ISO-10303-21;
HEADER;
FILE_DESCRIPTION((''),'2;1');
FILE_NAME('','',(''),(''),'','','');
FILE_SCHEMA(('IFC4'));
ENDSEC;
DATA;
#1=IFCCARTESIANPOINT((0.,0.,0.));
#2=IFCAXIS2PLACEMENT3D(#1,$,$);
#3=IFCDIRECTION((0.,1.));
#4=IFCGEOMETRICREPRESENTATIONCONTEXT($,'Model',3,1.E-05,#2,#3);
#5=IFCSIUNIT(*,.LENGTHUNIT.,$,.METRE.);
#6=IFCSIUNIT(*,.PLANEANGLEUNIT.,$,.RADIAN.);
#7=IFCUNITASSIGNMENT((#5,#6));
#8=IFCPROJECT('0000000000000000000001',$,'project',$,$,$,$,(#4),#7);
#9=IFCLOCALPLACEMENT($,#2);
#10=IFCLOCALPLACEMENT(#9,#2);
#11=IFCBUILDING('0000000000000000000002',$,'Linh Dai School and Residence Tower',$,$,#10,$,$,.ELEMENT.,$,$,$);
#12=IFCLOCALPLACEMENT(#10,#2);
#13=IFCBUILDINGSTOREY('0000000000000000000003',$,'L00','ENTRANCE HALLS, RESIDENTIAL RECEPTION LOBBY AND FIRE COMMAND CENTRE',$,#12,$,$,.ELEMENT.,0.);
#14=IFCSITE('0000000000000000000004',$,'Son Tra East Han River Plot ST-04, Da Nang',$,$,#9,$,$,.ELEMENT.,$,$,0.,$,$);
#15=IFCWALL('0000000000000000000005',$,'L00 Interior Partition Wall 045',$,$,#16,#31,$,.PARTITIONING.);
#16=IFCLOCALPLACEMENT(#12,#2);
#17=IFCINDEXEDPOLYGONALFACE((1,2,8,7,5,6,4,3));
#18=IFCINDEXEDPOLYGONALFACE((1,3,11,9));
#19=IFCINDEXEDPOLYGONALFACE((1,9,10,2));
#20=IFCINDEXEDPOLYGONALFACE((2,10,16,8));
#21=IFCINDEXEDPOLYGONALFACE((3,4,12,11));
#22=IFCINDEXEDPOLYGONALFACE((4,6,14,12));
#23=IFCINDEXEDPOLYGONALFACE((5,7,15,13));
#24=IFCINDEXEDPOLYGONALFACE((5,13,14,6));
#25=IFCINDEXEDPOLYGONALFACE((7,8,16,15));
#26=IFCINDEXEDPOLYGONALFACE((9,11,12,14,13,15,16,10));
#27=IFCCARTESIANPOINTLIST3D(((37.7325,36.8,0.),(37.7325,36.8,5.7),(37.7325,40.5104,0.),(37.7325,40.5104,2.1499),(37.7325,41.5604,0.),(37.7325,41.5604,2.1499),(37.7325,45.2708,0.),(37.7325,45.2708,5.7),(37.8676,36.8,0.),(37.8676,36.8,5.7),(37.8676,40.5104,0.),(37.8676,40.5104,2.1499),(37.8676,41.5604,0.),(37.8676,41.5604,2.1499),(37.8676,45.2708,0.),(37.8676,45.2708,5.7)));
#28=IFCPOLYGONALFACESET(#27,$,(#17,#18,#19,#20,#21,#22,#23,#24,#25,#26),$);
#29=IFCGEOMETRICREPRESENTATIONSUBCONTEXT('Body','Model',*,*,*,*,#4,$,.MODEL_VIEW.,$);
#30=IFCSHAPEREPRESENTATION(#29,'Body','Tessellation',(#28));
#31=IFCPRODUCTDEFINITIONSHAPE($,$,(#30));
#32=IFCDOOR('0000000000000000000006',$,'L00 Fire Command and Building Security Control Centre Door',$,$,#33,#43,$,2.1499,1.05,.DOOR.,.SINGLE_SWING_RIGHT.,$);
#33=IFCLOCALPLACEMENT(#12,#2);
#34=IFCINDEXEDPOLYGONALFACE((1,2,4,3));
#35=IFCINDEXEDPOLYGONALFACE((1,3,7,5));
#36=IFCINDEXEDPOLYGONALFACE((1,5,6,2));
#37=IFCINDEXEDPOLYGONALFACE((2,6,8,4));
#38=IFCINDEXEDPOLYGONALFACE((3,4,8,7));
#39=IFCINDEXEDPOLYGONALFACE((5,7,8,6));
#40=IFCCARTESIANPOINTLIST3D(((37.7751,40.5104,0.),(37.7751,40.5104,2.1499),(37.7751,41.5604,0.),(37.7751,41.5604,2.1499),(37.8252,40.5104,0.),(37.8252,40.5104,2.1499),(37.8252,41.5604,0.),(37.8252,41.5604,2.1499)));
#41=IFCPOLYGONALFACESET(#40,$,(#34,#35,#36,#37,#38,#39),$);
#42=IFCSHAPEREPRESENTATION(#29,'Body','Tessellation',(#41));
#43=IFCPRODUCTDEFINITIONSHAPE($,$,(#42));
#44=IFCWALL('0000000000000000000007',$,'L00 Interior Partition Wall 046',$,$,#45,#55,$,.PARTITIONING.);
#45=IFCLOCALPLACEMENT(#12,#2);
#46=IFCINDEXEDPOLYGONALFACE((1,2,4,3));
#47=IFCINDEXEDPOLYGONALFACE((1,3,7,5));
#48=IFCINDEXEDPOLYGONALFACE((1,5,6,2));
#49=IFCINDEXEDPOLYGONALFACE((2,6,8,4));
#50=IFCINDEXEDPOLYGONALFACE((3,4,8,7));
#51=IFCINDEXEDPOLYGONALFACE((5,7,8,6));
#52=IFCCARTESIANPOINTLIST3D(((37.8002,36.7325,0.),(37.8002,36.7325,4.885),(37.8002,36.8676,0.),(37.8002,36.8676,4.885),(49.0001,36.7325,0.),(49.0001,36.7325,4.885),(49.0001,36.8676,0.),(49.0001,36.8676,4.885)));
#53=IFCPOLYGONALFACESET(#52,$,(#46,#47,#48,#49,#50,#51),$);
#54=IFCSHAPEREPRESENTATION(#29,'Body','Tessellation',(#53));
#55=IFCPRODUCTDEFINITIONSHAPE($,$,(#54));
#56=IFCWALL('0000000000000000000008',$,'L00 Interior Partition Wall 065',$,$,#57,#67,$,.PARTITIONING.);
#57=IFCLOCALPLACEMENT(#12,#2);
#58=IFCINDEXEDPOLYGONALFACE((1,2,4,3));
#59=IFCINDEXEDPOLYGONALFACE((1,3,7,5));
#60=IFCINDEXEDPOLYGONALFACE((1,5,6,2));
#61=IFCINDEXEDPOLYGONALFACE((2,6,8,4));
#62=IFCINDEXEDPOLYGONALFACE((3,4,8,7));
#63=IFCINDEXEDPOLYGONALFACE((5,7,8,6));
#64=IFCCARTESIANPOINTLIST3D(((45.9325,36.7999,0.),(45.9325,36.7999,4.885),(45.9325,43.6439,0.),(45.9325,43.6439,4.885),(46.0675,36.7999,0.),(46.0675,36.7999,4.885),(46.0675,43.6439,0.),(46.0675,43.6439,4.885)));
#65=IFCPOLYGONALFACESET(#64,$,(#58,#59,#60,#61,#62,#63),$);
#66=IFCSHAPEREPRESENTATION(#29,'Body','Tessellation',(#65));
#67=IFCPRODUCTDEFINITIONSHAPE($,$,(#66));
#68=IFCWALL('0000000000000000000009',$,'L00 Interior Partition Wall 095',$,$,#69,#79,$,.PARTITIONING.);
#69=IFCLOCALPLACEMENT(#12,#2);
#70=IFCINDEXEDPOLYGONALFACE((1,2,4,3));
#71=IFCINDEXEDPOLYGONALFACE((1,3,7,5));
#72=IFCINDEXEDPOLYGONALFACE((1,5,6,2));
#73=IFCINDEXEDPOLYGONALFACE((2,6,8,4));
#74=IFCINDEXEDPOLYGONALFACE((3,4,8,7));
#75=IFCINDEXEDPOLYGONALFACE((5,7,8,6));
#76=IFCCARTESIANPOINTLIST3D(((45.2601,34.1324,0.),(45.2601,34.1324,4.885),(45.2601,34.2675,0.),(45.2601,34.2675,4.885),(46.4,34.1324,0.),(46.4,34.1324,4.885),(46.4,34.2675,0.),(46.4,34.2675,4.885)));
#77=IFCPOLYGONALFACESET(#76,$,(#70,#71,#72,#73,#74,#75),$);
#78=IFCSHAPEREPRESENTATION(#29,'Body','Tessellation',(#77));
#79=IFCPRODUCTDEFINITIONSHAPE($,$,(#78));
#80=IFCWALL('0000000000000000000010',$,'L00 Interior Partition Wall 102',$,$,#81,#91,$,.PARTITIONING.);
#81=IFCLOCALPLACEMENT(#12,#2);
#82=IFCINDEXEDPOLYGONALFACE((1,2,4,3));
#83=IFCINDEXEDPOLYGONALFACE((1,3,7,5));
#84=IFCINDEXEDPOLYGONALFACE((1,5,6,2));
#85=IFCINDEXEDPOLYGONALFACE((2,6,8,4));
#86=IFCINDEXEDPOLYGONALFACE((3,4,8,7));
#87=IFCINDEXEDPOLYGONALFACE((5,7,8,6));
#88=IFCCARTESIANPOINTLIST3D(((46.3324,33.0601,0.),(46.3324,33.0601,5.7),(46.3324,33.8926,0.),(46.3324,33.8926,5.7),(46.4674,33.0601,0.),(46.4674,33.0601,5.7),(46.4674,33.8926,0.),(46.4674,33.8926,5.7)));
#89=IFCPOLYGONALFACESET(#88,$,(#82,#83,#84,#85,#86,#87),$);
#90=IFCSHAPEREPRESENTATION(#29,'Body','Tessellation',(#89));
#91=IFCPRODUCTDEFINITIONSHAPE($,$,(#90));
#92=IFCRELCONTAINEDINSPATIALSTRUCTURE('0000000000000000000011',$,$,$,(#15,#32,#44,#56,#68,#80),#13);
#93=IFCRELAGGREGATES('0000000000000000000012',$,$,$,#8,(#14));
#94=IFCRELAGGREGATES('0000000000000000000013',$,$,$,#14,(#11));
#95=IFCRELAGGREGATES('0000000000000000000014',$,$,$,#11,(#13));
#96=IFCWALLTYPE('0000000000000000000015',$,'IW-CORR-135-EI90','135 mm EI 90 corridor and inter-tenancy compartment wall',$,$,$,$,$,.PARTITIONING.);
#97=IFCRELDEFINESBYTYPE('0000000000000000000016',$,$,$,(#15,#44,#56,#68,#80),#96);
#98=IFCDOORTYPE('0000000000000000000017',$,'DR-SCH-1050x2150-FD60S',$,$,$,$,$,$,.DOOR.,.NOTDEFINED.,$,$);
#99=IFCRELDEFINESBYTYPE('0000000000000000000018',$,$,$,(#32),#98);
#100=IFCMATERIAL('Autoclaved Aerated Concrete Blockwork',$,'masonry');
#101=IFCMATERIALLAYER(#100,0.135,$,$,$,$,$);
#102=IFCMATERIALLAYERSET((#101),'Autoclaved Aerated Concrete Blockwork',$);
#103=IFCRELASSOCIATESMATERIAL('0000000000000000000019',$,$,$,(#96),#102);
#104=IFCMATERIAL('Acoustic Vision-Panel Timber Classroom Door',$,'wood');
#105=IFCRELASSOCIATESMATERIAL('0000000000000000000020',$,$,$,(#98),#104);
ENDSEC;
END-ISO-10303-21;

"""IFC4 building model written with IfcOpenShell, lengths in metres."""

from ifc_helpers import new_model, si_unit, direction, frame, frame_2d, origin, origin_2d, place, context, subcontext, project, spatial, rectangle, extrude, source, transform, mapped, material, layer, layer_set, type_object, element, fill, save


model = new_model("IFC4")

# Units and contexts
model_context = context("Model", 3, precision=1e-05, world=origin(), true_north=direction((0.0, 1.0)))
body_context = subcontext(model_context, "Body", "Model", "MODEL_VIEW")
ifc_project = project(units=[si_unit("LENGTHUNIT", "METRE"), si_unit("PLANEANGLEUNIT", "RADIAN")], contexts=[model_context])

# Site, building, storey
site_placement = place(None, origin())
site = spatial("IfcSite", under=ifc_project, at=site_placement, Name="Son Tra East Han River Plot ST-04, Da Nang", CompositionType="ELEMENT", RefElevation=0.0)
building_placement = place(site_placement, origin())
building = spatial("IfcBuilding", under=site, at=building_placement, Name="Linh Dai School and Residence Tower", CompositionType="ELEMENT")
storey_placement = place(building_placement, origin())
storey = spatial("IfcBuildingStorey", under=building, at=storey_placement, Name="L00", Description="ENTRANCE HALLS, RESIDENTIAL RECEPTION LOBBY AND FIRE COMMAND CENTRE", CompositionType="ELEMENT", Elevation=0.0)

# Wall, opening, door
ifc_material_1 = material(Name="Autoclaved Aerated Concrete Blockwork", Category="masonry")
ifc_layer_1 = layer(ifc_material_1, 0.135)
ifc_layer_set_1 = layer_set([ifc_layer_1], Name="Autoclaved Aerated Concrete Blockwork")
wall_type_1 = type_object("IfcWallType", Name="IW-CORR-135-EI90", Description="135 mm EI 90 corridor and inter-tenancy compartment wall", PredefinedType="PARTITIONING", material=ifc_layer_set_1)
wall_1_placement = place(storey_placement, frame((37.8, 36.8, 0.0), z_axis=(0.0, 0.0, 1.0), x_axis=(0.0, 1.0, 0.0)))
wall_1 = element("IfcWall", 1, at=wall_1_placement, inside=storey, type_object=wall_type_1, Name="L00 Interior Partition Wall 045", PredefinedType="PARTITIONING", context=body_context, shape_type="SweptSolid", body=[
    extrude(rectangle(XDim=8.4707, YDim=0.135, at=frame_2d((4.2354, 0.0))), origin(), (0.0, 0.0, 1.0), 5.7),
])
opening_1_placement = place(wall_1_placement, frame((3.7104, 0.0, 0.0)))
opening_1 = element("IfcOpeningElement", 2, at=opening_1_placement, cuts=wall_1, PredefinedType="OPENING", context=body_context, shape_type="SweptSolid", body=[
    extrude(rectangle(XDim=1.05, YDim=2.1499, at=origin_2d()), frame((0.5249, 0.0776, 1.075), z_axis=(0.0, -1.0, 0.0), x_axis=(1.0, 0.0, 0.0)), (0.0, 0.0, 1.0), 0.155),
])
ifc_material_2 = material(Name="Acoustic Vision-Panel Timber Classroom Door", Category="wood")
door_type_1 = type_object("IfcDoorType", Name="DR-SCH-1050x2150-FD60S", OperationType="NOTDEFINED", PredefinedType="DOOR", material=ifc_material_2)
shared_shape_1 = source(origin(), body_context, "Body", "SweptSolid", [
    extrude(rectangle(XDim=1.05, YDim=2.1499, at=origin_2d()), frame((0.5249, 0.0249, 1.075), z_axis=(0.0, -1.0, 0.0), x_axis=(1.0, 0.0, 0.0)), (0.0, 0.0, 1.0), 0.05),
])
door_1_placement = place(opening_1_placement, origin())
door_1 = element("IfcDoor", 3, at=door_1_placement, inside=storey, type_object=door_type_1, Name="L00 Fire Command and Building Security Control Centre Door", OperationType="SINGLE_SWING_RIGHT", OverallHeight=2.1499, OverallWidth=1.05, PredefinedType="DOOR", context=body_context, shape_type="MappedRepresentation", body=[
    mapped(shared_shape_1, transform((0.0, 0.0, 0.0), x_axis=(1.0, 0.0, 0.0), y_axis=(0.0, 1.0, 0.0), z_axis=(0.0, 0.0, 1.0), scale=1.0)),
])
fill(opening_1, door_1)

# Walls
wall_2_placement = place(storey_placement, frame((37.8, 36.8, 0.0), z_axis=(0.0, 0.0, 1.0), x_axis=(1.0, 0.0, 0.0)))
element("IfcWall", 4, at=wall_2_placement, inside=storey, type_object=wall_type_1, Name="L00 Interior Partition Wall 046", PredefinedType="PARTITIONING", context=body_context, shape_type="SweptSolid", body=[
    extrude(rectangle(XDim=11.2, YDim=0.135, at=frame_2d((5.6001, 0.0))), origin(), (0.0, 0.0, 1.0), 4.885),
])
wall_3_placement = place(storey_placement, frame((46.0, 36.8, 0.0), z_axis=(0.0, 0.0, 1.0), x_axis=(0.0, 1.0, 0.0)))
element("IfcWall", 5, at=wall_3_placement, inside=storey, type_object=wall_type_1, Name="L00 Interior Partition Wall 065", PredefinedType="PARTITIONING", context=body_context, shape_type="SweptSolid", body=[
    extrude(rectangle(XDim=6.844, YDim=0.135, at=frame_2d((3.4219, 0.0))), origin(), (0.0, 0.0, 1.0), 4.885),
])
wall_4_placement = place(storey_placement, frame((46.3999, 34.2, 0.0), z_axis=(0.0, 0.0, 1.0), x_axis=(-1.0, 0.0, 0.0)))
element("IfcWall", 6, at=wall_4_placement, inside=storey, type_object=wall_type_1, Name="L00 Interior Partition Wall 095", PredefinedType="PARTITIONING", context=body_context, shape_type="SweptSolid", body=[
    extrude(rectangle(XDim=1.1399, YDim=0.135, at=frame_2d((0.5698, 0.0))), origin(), (0.0, 0.0, 1.0), 4.885),
])
wall_5_placement = place(storey_placement, frame((46.3999, 33.0601, 0.0), z_axis=(0.0, 0.0, 1.0), x_axis=(0.0, 1.0, 0.0)))
element("IfcWall", 7, at=wall_5_placement, inside=storey, type_object=wall_type_1, Name="L00 Interior Partition Wall 102", PredefinedType="PARTITIONING", context=body_context, shape_type="SweptSolid", body=[
    extrude(rectangle(XDim=0.8325, YDim=0.135, at=frame_2d((0.4163, 0.0))), origin(), (0.0, 0.0, 1.0), 5.7),
])

save(model, "model.ifc")
